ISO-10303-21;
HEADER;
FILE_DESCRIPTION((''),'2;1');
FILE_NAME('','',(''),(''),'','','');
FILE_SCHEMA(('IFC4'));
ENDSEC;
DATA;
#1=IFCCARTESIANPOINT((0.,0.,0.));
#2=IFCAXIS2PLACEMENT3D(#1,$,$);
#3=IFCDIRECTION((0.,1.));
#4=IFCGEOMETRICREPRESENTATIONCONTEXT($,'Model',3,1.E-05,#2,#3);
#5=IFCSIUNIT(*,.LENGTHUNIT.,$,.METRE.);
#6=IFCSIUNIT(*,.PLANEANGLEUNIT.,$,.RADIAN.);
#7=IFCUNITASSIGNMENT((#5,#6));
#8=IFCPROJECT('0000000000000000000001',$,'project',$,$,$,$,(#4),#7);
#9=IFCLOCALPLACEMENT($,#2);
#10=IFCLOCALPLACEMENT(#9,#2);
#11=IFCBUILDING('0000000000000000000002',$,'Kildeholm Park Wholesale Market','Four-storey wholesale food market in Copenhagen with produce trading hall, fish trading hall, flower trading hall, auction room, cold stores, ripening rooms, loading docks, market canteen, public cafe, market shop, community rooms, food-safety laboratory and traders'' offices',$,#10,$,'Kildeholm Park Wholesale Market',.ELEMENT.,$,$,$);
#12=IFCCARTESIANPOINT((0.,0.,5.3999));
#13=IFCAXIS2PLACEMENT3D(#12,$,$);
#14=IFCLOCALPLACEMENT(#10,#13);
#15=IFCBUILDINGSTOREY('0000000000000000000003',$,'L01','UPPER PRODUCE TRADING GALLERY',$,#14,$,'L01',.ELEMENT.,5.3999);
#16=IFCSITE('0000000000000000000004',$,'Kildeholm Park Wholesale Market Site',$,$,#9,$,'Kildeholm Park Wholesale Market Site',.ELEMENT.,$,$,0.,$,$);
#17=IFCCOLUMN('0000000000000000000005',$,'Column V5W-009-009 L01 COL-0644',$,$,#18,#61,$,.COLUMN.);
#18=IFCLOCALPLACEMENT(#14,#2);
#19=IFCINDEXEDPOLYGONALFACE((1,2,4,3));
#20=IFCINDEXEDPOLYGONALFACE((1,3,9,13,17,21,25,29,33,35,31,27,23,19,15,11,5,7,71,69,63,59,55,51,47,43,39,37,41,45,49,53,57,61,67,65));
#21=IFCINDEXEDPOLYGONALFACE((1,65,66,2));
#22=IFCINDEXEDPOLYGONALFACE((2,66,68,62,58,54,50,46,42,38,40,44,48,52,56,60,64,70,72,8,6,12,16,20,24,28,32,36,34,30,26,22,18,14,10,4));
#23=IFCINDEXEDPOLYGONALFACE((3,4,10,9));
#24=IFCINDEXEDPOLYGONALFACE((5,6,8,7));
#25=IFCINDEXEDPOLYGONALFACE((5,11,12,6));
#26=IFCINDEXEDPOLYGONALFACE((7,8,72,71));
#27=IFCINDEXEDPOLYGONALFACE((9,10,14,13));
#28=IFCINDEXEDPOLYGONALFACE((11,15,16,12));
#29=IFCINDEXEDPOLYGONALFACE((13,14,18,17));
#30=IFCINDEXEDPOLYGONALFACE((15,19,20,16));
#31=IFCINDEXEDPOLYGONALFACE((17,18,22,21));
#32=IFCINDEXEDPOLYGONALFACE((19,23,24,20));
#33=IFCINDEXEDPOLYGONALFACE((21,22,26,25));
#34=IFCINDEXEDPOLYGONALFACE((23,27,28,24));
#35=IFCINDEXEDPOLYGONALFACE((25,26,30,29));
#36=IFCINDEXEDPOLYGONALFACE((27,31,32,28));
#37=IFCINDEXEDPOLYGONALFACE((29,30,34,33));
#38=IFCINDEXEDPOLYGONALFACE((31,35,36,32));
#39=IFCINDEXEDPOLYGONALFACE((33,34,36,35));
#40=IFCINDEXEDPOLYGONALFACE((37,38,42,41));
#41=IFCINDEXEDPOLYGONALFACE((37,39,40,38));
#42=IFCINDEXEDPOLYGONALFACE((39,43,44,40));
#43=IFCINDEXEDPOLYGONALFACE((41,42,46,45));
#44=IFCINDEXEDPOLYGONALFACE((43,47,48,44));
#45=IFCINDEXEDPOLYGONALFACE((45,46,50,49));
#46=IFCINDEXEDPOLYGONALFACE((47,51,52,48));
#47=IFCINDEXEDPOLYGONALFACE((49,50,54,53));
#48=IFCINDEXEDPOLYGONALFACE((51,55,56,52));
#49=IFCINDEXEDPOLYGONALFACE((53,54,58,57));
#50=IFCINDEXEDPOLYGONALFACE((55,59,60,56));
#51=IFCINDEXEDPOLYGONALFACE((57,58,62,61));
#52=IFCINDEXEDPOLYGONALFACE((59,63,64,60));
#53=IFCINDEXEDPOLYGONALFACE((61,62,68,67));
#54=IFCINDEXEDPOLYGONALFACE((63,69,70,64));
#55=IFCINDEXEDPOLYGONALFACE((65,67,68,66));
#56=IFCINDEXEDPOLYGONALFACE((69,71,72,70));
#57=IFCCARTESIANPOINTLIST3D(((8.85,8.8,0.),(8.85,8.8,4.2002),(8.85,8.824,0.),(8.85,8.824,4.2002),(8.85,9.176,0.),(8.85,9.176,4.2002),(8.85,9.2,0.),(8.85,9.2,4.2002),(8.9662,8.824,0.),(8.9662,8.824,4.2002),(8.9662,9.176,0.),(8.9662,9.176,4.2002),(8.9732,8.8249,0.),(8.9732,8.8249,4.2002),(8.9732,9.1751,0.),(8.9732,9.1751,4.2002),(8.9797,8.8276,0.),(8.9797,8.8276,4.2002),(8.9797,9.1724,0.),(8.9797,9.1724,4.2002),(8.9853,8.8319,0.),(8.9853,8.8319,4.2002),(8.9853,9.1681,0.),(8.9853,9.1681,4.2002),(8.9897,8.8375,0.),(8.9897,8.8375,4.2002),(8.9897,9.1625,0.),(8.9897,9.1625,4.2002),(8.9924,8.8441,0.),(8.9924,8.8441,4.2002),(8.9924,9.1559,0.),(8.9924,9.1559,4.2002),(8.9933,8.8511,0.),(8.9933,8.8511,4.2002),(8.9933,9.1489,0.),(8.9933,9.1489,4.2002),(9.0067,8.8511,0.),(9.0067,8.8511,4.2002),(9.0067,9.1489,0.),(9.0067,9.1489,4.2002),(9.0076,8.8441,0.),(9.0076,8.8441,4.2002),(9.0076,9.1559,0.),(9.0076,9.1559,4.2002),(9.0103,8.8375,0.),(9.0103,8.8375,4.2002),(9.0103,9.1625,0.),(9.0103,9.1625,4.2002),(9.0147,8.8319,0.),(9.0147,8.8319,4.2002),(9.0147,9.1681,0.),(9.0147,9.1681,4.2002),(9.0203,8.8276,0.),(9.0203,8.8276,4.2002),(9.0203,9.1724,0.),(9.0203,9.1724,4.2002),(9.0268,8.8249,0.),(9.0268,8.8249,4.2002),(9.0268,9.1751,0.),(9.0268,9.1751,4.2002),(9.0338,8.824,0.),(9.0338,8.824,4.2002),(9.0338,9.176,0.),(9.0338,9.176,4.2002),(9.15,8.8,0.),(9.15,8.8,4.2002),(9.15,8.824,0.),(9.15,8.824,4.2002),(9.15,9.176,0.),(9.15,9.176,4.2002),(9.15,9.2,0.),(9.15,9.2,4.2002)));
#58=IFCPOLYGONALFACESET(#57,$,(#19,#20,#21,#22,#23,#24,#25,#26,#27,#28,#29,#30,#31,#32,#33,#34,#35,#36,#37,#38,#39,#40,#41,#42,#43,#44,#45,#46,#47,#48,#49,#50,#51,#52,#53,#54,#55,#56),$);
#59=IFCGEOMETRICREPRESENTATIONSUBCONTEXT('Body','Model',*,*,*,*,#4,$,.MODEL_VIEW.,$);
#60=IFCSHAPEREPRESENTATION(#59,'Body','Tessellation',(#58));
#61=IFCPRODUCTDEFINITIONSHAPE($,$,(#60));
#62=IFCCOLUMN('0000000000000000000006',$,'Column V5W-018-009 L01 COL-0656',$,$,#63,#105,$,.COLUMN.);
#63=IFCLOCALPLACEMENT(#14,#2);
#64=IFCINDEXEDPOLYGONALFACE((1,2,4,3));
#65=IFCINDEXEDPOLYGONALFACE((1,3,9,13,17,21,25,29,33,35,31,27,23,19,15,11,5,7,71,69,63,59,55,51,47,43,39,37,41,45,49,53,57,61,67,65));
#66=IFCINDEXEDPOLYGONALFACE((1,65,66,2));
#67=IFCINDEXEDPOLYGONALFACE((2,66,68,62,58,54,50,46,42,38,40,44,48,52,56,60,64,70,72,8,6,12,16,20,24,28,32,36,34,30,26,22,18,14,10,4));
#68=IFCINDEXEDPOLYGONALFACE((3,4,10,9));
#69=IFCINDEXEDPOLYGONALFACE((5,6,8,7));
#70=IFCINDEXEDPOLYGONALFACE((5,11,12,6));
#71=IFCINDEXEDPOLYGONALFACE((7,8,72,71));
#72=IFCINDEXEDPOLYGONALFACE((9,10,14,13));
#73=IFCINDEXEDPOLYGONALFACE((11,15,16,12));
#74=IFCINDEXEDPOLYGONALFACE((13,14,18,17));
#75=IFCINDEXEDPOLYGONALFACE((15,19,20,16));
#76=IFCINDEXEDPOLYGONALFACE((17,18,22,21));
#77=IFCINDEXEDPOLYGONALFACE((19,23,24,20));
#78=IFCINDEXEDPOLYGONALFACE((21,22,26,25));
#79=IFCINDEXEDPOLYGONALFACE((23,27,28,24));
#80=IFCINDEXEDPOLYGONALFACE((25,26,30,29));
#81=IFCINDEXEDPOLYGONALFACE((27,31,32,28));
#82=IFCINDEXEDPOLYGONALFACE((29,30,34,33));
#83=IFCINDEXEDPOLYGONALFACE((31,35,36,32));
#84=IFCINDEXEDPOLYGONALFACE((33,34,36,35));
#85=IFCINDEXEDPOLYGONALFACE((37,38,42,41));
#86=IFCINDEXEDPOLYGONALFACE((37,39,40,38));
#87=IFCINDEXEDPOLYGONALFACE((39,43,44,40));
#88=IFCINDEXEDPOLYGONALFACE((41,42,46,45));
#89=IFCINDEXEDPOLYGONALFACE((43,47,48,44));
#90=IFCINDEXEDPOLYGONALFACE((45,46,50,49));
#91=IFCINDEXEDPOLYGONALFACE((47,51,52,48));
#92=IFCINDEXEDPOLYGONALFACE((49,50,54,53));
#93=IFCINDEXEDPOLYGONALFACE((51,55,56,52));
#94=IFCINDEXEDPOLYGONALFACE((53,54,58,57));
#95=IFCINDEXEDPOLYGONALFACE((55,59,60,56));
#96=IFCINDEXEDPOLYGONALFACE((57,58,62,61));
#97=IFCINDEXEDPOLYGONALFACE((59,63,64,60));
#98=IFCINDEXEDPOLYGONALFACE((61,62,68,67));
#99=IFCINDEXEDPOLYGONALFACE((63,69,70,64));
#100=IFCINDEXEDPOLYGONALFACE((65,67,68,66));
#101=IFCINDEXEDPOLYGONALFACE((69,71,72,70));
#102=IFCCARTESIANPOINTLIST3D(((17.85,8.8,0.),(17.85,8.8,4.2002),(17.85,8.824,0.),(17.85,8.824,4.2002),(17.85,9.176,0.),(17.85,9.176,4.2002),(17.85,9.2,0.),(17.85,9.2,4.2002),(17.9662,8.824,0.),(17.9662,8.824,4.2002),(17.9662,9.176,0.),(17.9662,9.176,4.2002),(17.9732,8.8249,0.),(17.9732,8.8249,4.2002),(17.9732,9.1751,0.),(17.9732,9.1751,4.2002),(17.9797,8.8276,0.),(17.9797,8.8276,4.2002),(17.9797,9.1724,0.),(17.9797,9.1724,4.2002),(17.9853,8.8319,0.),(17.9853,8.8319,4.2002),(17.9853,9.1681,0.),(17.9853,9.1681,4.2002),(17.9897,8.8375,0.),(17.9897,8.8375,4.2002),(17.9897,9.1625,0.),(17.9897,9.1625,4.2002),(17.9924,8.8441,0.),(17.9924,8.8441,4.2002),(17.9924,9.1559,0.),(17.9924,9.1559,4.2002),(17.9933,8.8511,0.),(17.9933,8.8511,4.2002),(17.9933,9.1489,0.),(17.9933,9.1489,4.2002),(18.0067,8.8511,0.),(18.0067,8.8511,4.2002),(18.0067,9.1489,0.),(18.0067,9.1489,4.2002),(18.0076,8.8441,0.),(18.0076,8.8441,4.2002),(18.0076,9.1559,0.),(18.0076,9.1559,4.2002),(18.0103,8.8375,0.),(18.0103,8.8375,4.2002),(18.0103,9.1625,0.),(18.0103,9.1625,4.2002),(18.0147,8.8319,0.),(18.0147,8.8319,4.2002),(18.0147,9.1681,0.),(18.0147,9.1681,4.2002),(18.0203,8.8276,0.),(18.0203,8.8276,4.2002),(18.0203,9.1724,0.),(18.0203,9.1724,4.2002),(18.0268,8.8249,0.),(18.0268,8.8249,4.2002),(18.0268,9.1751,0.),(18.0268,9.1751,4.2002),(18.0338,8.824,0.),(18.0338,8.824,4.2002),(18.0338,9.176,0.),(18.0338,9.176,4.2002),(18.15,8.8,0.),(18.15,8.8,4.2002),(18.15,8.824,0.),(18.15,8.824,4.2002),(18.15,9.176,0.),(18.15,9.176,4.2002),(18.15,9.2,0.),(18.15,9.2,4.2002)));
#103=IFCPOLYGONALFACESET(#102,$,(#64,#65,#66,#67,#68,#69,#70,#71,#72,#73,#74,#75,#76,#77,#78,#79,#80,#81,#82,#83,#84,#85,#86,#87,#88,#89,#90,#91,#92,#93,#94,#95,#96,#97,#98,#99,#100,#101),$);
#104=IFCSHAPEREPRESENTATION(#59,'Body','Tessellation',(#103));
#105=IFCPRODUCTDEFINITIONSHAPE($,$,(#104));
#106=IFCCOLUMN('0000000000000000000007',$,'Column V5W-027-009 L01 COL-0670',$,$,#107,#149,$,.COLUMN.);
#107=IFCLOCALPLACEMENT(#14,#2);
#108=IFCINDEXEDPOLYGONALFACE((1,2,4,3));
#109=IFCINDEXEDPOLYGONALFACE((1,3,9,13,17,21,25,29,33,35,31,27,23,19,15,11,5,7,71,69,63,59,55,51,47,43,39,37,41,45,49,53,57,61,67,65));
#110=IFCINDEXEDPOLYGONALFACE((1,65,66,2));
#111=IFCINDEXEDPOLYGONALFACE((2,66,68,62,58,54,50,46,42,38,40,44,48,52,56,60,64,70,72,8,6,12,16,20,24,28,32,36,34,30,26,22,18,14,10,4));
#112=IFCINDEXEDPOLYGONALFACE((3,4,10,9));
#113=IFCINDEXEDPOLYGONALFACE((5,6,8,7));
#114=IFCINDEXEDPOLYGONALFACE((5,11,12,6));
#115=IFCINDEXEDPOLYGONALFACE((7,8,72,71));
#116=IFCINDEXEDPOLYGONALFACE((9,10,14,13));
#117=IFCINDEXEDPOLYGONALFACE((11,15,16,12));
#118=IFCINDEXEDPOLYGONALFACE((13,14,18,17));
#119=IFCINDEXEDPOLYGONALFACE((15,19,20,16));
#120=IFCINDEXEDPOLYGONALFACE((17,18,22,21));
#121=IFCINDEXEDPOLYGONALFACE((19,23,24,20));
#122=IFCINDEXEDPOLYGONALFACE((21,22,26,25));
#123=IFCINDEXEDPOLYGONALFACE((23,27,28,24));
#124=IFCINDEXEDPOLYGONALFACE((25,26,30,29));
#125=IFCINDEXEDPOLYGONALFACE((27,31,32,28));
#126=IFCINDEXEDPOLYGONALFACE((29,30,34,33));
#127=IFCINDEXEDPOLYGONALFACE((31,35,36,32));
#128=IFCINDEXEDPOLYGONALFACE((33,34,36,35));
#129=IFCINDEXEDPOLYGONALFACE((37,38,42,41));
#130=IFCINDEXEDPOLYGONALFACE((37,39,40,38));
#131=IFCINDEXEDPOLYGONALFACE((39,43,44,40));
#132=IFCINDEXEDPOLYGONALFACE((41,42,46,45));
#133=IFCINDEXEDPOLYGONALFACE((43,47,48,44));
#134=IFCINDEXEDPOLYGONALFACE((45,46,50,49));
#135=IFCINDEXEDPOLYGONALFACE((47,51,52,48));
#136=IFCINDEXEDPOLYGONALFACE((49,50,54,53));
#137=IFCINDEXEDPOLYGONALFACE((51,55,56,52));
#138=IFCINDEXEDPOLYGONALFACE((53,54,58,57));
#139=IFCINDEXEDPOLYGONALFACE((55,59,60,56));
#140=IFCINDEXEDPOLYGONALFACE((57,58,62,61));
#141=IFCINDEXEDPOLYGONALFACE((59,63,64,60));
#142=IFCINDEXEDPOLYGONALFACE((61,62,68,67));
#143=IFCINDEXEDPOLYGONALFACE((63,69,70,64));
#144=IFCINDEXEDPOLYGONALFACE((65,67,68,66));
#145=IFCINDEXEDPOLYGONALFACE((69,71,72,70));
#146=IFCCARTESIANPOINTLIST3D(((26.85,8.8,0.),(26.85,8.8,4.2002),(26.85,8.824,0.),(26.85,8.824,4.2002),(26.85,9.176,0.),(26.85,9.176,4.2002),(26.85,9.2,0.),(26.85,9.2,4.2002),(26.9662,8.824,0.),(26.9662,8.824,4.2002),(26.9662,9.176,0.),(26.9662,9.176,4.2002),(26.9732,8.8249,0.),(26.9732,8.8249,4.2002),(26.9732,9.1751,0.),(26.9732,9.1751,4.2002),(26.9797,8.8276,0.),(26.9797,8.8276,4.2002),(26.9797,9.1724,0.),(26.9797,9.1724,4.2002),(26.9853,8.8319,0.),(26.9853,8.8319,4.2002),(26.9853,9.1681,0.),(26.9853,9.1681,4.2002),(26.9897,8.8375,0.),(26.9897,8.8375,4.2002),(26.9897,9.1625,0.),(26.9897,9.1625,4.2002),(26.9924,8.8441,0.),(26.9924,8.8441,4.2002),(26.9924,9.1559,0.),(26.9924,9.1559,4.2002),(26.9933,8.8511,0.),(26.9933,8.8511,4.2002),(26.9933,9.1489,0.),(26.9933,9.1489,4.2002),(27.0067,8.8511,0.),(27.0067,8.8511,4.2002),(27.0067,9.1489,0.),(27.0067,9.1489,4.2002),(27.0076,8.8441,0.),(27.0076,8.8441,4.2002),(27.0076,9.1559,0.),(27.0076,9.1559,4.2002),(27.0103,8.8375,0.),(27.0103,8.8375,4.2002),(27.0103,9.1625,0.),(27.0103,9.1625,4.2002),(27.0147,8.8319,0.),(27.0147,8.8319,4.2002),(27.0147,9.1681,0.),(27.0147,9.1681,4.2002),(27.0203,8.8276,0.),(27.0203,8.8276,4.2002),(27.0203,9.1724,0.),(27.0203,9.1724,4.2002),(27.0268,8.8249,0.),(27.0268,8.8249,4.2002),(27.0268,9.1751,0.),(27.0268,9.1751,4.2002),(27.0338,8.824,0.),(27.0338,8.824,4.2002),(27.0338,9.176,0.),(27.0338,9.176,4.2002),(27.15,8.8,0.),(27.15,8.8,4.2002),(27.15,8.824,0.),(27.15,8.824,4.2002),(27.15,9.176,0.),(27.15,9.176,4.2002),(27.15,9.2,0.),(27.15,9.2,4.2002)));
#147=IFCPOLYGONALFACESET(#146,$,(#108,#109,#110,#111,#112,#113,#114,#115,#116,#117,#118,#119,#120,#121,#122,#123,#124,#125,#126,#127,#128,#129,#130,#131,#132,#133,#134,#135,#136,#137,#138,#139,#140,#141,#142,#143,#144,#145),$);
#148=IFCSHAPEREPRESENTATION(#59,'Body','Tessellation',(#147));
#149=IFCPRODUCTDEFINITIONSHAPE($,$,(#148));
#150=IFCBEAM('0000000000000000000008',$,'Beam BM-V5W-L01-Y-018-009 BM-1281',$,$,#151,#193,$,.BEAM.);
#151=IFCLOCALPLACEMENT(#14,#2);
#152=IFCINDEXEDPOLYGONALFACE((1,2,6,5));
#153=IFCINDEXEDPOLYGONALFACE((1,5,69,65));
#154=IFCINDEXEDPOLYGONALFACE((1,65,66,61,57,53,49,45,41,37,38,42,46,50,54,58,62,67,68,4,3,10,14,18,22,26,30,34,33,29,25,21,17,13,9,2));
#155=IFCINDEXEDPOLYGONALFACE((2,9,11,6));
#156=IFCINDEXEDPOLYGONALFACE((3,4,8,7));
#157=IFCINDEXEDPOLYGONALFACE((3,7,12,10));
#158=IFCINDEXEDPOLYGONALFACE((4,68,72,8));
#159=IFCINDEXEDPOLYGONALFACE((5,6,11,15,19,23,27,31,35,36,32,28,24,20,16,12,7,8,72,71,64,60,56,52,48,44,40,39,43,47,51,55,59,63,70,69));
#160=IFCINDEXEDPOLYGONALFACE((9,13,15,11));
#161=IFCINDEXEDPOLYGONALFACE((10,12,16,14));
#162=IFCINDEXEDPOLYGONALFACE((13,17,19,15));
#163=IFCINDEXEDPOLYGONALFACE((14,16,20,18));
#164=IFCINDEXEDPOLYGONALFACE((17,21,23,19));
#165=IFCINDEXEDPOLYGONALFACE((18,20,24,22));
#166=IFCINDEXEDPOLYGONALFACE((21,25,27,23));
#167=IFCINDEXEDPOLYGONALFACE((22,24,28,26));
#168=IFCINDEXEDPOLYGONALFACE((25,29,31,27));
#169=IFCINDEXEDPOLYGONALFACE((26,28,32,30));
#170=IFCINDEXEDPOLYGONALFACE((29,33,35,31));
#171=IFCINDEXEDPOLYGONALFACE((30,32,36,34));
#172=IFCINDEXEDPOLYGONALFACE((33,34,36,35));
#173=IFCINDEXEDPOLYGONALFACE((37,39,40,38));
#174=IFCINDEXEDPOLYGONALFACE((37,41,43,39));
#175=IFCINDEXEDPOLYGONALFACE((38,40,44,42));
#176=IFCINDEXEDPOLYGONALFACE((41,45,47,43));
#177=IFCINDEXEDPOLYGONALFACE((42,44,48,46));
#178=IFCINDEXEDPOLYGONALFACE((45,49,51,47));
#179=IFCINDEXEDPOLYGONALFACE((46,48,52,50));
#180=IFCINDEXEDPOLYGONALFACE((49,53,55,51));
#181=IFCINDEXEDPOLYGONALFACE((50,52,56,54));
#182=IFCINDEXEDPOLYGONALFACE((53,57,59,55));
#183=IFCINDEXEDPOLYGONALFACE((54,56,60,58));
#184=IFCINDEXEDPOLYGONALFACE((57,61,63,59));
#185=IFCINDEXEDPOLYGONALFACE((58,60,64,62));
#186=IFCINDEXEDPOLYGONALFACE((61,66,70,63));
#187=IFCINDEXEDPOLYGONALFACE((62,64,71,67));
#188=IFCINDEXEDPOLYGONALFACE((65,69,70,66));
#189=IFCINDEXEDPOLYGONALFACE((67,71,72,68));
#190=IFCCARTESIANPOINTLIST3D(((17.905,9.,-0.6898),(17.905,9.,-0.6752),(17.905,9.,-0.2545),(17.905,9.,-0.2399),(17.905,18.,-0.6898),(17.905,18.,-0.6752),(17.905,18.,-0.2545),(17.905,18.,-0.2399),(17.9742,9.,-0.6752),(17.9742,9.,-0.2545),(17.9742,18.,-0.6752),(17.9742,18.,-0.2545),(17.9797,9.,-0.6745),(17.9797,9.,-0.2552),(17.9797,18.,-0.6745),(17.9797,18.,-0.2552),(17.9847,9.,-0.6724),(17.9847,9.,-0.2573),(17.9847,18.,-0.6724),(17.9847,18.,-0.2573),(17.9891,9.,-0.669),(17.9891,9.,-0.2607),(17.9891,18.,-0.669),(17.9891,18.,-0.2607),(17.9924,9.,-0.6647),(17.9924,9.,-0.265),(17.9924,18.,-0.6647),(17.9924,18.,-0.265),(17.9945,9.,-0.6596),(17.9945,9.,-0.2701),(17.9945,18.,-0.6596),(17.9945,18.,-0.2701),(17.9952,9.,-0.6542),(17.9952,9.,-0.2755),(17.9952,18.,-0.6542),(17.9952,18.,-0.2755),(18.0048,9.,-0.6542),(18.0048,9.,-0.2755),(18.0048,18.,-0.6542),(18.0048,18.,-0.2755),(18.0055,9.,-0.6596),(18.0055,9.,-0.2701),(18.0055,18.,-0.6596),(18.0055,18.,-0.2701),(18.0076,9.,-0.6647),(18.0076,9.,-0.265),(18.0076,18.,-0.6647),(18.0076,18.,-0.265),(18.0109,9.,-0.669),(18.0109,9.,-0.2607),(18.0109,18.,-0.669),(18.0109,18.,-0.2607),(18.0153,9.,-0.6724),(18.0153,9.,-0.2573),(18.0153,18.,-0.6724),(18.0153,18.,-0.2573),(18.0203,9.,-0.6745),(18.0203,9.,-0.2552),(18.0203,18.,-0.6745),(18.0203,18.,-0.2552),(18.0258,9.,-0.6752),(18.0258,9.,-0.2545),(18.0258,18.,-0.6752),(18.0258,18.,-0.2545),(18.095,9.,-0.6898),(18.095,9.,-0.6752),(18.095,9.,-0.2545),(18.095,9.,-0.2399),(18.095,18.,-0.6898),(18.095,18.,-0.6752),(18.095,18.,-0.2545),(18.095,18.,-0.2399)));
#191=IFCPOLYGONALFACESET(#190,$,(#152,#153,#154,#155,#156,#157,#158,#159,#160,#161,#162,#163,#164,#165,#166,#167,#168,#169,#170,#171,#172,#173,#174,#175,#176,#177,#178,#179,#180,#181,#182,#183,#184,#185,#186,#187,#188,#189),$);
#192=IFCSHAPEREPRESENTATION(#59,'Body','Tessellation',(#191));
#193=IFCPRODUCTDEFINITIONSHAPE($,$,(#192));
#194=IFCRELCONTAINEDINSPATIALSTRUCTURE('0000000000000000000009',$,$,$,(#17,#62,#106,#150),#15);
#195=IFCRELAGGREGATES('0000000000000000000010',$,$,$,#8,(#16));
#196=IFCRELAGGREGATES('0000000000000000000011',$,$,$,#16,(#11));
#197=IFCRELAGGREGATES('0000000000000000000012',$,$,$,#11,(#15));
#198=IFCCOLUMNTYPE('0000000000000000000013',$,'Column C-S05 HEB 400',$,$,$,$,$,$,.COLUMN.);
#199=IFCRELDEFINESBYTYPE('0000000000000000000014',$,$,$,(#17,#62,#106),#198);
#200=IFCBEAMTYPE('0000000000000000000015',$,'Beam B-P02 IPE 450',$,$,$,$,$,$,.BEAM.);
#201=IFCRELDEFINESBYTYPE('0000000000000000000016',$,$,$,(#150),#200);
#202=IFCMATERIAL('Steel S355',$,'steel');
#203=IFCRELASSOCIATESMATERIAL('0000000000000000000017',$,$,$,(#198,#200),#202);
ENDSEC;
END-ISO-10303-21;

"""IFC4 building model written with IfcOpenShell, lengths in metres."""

from ifc_helpers import new_model, si_unit, direction, frame, origin, origin_2d, place, context, subcontext, project, spatial, i_section, extrude, material, material_profile, profile_set, type_object, element, save


model = new_model("IFC4")

# Units and contexts
model_context = context("Model", 3, precision=1e-05, world=origin(), true_north=direction((0.0, 1.0)))
body_context = subcontext(model_context, "Body", "Model", "MODEL_VIEW")
ifc_project = project(units=[si_unit("LENGTHUNIT", "METRE"), si_unit("PLANEANGLEUNIT", "RADIAN")], contexts=[model_context])

# Site, building, storey
site_placement = place(None, origin())
site = spatial("IfcSite", under=ifc_project, at=site_placement, Name="Kildeholm Park Wholesale Market Site", LongName="Kildeholm Park Wholesale Market Site", CompositionType="ELEMENT", RefElevation=0.0)
building_placement = place(site_placement, origin())
building = spatial("IfcBuilding", under=site, at=building_placement, Name="Kildeholm Park Wholesale Market", Description="Four-storey wholesale food market in Copenhagen with produce trading hall, fish trading hall, flower trading hall, auction room, cold stores, ripening rooms, loading docks, market canteen, public cafe, market shop, community rooms, food-safety laboratory and traders' offices", LongName="Kildeholm Park Wholesale Market", CompositionType="ELEMENT")
storey_placement = place(building_placement, frame((0.0, 0.0, 5.3999)))
storey = spatial("IfcBuildingStorey", under=building, at=storey_placement, Name="L01", Description="UPPER PRODUCE TRADING GALLERY", LongName="L01", CompositionType="ELEMENT", Elevation=5.3999)

# Columns
ifc_material_1 = material(Name="Steel S355", Category="steel")
ifc_material_profile_1 = material_profile(ifc_material_1, i_section(OverallWidth=0.3, OverallDepth=0.3999, WebThickness=0.0134, FlangeThickness=0.0239, FilletRadius=0.0271, at=origin_2d()), Name="HEB 400")
ifc_profile_set_1 = profile_set([ifc_material_profile_1], Name="Steel S355")
column_type = type_object("IfcColumnType", Name="Column C-S05 HEB 400", PredefinedType="COLUMN", material=ifc_profile_set_1)
for number, where, z_axis, x_axis, name in (
    (1, (9.0, 9.0, 0.0), (0.0, 0.0, 1.0), (1.0, 0.0, 0.0), "Column V5W-009-009 L01 COL-0644"),
    (2, (18.0, 9.0, 0.0), (0.0, 0.0, 1.0), (1.0, 0.0, 0.0), "Column V5W-018-009 L01 COL-0656"),
    (3, (27.0, 9.0, 0.0), (0.0, 0.0, 1.0), (1.0, 0.0, 0.0), "Column V5W-027-009 L01 COL-0670"),
):
    element("IfcColumn", number, at=place(storey_placement, frame(where, z_axis=z_axis, x_axis=x_axis)), inside=storey, type_object=column_type, Name=name, PredefinedType="COLUMN", context=body_context, shape_type="SweptSolid", body=[
        extrude(i_section(OverallWidth=0.3, OverallDepth=0.3999, WebThickness=0.0134, FlangeThickness=0.0239, FilletRadius=0.0271, at=origin_2d()), origin(), (0.0, 0.0, 1.0), 4.2002),
    ])

# Beam
ifc_material_profile_2 = material_profile(ifc_material_1, i_section(OverallWidth=0.1899, OverallDepth=0.45, WebThickness=0.0095, FlangeThickness=0.0146, FilletRadius=0.021, at=origin_2d()), Name="IPE 450")
ifc_profile_set_2 = profile_set([ifc_material_profile_2], Name="Steel S355")
beam_type_1 = type_object("IfcBeamType", Name="Beam B-P02 IPE 450", PredefinedType="BEAM", material=ifc_profile_set_2)
for number, where, z_axis, x_axis, name in (
    (4, (18.0, 9.0, -0.4648), (0.0, 1.0, 0.0), (-1.0, 0.0, 0.0), "Beam BM-V5W-L01-Y-018-009 BM-1281"),
):
    element("IfcBeam", number, at=place(storey_placement, frame(where, z_axis=z_axis, x_axis=x_axis)), inside=storey, type_object=beam_type_1, Name=name, PredefinedType="BEAM", context=body_context, shape_type="SweptSolid", body=[
        extrude(i_section(OverallWidth=0.1899, OverallDepth=0.45, WebThickness=0.0095, FlangeThickness=0.0146, FilletRadius=0.021, at=origin_2d()), origin(), (0.0, 0.0, 1.0), 9.0),
    ])

save(model, "model.ifc")
